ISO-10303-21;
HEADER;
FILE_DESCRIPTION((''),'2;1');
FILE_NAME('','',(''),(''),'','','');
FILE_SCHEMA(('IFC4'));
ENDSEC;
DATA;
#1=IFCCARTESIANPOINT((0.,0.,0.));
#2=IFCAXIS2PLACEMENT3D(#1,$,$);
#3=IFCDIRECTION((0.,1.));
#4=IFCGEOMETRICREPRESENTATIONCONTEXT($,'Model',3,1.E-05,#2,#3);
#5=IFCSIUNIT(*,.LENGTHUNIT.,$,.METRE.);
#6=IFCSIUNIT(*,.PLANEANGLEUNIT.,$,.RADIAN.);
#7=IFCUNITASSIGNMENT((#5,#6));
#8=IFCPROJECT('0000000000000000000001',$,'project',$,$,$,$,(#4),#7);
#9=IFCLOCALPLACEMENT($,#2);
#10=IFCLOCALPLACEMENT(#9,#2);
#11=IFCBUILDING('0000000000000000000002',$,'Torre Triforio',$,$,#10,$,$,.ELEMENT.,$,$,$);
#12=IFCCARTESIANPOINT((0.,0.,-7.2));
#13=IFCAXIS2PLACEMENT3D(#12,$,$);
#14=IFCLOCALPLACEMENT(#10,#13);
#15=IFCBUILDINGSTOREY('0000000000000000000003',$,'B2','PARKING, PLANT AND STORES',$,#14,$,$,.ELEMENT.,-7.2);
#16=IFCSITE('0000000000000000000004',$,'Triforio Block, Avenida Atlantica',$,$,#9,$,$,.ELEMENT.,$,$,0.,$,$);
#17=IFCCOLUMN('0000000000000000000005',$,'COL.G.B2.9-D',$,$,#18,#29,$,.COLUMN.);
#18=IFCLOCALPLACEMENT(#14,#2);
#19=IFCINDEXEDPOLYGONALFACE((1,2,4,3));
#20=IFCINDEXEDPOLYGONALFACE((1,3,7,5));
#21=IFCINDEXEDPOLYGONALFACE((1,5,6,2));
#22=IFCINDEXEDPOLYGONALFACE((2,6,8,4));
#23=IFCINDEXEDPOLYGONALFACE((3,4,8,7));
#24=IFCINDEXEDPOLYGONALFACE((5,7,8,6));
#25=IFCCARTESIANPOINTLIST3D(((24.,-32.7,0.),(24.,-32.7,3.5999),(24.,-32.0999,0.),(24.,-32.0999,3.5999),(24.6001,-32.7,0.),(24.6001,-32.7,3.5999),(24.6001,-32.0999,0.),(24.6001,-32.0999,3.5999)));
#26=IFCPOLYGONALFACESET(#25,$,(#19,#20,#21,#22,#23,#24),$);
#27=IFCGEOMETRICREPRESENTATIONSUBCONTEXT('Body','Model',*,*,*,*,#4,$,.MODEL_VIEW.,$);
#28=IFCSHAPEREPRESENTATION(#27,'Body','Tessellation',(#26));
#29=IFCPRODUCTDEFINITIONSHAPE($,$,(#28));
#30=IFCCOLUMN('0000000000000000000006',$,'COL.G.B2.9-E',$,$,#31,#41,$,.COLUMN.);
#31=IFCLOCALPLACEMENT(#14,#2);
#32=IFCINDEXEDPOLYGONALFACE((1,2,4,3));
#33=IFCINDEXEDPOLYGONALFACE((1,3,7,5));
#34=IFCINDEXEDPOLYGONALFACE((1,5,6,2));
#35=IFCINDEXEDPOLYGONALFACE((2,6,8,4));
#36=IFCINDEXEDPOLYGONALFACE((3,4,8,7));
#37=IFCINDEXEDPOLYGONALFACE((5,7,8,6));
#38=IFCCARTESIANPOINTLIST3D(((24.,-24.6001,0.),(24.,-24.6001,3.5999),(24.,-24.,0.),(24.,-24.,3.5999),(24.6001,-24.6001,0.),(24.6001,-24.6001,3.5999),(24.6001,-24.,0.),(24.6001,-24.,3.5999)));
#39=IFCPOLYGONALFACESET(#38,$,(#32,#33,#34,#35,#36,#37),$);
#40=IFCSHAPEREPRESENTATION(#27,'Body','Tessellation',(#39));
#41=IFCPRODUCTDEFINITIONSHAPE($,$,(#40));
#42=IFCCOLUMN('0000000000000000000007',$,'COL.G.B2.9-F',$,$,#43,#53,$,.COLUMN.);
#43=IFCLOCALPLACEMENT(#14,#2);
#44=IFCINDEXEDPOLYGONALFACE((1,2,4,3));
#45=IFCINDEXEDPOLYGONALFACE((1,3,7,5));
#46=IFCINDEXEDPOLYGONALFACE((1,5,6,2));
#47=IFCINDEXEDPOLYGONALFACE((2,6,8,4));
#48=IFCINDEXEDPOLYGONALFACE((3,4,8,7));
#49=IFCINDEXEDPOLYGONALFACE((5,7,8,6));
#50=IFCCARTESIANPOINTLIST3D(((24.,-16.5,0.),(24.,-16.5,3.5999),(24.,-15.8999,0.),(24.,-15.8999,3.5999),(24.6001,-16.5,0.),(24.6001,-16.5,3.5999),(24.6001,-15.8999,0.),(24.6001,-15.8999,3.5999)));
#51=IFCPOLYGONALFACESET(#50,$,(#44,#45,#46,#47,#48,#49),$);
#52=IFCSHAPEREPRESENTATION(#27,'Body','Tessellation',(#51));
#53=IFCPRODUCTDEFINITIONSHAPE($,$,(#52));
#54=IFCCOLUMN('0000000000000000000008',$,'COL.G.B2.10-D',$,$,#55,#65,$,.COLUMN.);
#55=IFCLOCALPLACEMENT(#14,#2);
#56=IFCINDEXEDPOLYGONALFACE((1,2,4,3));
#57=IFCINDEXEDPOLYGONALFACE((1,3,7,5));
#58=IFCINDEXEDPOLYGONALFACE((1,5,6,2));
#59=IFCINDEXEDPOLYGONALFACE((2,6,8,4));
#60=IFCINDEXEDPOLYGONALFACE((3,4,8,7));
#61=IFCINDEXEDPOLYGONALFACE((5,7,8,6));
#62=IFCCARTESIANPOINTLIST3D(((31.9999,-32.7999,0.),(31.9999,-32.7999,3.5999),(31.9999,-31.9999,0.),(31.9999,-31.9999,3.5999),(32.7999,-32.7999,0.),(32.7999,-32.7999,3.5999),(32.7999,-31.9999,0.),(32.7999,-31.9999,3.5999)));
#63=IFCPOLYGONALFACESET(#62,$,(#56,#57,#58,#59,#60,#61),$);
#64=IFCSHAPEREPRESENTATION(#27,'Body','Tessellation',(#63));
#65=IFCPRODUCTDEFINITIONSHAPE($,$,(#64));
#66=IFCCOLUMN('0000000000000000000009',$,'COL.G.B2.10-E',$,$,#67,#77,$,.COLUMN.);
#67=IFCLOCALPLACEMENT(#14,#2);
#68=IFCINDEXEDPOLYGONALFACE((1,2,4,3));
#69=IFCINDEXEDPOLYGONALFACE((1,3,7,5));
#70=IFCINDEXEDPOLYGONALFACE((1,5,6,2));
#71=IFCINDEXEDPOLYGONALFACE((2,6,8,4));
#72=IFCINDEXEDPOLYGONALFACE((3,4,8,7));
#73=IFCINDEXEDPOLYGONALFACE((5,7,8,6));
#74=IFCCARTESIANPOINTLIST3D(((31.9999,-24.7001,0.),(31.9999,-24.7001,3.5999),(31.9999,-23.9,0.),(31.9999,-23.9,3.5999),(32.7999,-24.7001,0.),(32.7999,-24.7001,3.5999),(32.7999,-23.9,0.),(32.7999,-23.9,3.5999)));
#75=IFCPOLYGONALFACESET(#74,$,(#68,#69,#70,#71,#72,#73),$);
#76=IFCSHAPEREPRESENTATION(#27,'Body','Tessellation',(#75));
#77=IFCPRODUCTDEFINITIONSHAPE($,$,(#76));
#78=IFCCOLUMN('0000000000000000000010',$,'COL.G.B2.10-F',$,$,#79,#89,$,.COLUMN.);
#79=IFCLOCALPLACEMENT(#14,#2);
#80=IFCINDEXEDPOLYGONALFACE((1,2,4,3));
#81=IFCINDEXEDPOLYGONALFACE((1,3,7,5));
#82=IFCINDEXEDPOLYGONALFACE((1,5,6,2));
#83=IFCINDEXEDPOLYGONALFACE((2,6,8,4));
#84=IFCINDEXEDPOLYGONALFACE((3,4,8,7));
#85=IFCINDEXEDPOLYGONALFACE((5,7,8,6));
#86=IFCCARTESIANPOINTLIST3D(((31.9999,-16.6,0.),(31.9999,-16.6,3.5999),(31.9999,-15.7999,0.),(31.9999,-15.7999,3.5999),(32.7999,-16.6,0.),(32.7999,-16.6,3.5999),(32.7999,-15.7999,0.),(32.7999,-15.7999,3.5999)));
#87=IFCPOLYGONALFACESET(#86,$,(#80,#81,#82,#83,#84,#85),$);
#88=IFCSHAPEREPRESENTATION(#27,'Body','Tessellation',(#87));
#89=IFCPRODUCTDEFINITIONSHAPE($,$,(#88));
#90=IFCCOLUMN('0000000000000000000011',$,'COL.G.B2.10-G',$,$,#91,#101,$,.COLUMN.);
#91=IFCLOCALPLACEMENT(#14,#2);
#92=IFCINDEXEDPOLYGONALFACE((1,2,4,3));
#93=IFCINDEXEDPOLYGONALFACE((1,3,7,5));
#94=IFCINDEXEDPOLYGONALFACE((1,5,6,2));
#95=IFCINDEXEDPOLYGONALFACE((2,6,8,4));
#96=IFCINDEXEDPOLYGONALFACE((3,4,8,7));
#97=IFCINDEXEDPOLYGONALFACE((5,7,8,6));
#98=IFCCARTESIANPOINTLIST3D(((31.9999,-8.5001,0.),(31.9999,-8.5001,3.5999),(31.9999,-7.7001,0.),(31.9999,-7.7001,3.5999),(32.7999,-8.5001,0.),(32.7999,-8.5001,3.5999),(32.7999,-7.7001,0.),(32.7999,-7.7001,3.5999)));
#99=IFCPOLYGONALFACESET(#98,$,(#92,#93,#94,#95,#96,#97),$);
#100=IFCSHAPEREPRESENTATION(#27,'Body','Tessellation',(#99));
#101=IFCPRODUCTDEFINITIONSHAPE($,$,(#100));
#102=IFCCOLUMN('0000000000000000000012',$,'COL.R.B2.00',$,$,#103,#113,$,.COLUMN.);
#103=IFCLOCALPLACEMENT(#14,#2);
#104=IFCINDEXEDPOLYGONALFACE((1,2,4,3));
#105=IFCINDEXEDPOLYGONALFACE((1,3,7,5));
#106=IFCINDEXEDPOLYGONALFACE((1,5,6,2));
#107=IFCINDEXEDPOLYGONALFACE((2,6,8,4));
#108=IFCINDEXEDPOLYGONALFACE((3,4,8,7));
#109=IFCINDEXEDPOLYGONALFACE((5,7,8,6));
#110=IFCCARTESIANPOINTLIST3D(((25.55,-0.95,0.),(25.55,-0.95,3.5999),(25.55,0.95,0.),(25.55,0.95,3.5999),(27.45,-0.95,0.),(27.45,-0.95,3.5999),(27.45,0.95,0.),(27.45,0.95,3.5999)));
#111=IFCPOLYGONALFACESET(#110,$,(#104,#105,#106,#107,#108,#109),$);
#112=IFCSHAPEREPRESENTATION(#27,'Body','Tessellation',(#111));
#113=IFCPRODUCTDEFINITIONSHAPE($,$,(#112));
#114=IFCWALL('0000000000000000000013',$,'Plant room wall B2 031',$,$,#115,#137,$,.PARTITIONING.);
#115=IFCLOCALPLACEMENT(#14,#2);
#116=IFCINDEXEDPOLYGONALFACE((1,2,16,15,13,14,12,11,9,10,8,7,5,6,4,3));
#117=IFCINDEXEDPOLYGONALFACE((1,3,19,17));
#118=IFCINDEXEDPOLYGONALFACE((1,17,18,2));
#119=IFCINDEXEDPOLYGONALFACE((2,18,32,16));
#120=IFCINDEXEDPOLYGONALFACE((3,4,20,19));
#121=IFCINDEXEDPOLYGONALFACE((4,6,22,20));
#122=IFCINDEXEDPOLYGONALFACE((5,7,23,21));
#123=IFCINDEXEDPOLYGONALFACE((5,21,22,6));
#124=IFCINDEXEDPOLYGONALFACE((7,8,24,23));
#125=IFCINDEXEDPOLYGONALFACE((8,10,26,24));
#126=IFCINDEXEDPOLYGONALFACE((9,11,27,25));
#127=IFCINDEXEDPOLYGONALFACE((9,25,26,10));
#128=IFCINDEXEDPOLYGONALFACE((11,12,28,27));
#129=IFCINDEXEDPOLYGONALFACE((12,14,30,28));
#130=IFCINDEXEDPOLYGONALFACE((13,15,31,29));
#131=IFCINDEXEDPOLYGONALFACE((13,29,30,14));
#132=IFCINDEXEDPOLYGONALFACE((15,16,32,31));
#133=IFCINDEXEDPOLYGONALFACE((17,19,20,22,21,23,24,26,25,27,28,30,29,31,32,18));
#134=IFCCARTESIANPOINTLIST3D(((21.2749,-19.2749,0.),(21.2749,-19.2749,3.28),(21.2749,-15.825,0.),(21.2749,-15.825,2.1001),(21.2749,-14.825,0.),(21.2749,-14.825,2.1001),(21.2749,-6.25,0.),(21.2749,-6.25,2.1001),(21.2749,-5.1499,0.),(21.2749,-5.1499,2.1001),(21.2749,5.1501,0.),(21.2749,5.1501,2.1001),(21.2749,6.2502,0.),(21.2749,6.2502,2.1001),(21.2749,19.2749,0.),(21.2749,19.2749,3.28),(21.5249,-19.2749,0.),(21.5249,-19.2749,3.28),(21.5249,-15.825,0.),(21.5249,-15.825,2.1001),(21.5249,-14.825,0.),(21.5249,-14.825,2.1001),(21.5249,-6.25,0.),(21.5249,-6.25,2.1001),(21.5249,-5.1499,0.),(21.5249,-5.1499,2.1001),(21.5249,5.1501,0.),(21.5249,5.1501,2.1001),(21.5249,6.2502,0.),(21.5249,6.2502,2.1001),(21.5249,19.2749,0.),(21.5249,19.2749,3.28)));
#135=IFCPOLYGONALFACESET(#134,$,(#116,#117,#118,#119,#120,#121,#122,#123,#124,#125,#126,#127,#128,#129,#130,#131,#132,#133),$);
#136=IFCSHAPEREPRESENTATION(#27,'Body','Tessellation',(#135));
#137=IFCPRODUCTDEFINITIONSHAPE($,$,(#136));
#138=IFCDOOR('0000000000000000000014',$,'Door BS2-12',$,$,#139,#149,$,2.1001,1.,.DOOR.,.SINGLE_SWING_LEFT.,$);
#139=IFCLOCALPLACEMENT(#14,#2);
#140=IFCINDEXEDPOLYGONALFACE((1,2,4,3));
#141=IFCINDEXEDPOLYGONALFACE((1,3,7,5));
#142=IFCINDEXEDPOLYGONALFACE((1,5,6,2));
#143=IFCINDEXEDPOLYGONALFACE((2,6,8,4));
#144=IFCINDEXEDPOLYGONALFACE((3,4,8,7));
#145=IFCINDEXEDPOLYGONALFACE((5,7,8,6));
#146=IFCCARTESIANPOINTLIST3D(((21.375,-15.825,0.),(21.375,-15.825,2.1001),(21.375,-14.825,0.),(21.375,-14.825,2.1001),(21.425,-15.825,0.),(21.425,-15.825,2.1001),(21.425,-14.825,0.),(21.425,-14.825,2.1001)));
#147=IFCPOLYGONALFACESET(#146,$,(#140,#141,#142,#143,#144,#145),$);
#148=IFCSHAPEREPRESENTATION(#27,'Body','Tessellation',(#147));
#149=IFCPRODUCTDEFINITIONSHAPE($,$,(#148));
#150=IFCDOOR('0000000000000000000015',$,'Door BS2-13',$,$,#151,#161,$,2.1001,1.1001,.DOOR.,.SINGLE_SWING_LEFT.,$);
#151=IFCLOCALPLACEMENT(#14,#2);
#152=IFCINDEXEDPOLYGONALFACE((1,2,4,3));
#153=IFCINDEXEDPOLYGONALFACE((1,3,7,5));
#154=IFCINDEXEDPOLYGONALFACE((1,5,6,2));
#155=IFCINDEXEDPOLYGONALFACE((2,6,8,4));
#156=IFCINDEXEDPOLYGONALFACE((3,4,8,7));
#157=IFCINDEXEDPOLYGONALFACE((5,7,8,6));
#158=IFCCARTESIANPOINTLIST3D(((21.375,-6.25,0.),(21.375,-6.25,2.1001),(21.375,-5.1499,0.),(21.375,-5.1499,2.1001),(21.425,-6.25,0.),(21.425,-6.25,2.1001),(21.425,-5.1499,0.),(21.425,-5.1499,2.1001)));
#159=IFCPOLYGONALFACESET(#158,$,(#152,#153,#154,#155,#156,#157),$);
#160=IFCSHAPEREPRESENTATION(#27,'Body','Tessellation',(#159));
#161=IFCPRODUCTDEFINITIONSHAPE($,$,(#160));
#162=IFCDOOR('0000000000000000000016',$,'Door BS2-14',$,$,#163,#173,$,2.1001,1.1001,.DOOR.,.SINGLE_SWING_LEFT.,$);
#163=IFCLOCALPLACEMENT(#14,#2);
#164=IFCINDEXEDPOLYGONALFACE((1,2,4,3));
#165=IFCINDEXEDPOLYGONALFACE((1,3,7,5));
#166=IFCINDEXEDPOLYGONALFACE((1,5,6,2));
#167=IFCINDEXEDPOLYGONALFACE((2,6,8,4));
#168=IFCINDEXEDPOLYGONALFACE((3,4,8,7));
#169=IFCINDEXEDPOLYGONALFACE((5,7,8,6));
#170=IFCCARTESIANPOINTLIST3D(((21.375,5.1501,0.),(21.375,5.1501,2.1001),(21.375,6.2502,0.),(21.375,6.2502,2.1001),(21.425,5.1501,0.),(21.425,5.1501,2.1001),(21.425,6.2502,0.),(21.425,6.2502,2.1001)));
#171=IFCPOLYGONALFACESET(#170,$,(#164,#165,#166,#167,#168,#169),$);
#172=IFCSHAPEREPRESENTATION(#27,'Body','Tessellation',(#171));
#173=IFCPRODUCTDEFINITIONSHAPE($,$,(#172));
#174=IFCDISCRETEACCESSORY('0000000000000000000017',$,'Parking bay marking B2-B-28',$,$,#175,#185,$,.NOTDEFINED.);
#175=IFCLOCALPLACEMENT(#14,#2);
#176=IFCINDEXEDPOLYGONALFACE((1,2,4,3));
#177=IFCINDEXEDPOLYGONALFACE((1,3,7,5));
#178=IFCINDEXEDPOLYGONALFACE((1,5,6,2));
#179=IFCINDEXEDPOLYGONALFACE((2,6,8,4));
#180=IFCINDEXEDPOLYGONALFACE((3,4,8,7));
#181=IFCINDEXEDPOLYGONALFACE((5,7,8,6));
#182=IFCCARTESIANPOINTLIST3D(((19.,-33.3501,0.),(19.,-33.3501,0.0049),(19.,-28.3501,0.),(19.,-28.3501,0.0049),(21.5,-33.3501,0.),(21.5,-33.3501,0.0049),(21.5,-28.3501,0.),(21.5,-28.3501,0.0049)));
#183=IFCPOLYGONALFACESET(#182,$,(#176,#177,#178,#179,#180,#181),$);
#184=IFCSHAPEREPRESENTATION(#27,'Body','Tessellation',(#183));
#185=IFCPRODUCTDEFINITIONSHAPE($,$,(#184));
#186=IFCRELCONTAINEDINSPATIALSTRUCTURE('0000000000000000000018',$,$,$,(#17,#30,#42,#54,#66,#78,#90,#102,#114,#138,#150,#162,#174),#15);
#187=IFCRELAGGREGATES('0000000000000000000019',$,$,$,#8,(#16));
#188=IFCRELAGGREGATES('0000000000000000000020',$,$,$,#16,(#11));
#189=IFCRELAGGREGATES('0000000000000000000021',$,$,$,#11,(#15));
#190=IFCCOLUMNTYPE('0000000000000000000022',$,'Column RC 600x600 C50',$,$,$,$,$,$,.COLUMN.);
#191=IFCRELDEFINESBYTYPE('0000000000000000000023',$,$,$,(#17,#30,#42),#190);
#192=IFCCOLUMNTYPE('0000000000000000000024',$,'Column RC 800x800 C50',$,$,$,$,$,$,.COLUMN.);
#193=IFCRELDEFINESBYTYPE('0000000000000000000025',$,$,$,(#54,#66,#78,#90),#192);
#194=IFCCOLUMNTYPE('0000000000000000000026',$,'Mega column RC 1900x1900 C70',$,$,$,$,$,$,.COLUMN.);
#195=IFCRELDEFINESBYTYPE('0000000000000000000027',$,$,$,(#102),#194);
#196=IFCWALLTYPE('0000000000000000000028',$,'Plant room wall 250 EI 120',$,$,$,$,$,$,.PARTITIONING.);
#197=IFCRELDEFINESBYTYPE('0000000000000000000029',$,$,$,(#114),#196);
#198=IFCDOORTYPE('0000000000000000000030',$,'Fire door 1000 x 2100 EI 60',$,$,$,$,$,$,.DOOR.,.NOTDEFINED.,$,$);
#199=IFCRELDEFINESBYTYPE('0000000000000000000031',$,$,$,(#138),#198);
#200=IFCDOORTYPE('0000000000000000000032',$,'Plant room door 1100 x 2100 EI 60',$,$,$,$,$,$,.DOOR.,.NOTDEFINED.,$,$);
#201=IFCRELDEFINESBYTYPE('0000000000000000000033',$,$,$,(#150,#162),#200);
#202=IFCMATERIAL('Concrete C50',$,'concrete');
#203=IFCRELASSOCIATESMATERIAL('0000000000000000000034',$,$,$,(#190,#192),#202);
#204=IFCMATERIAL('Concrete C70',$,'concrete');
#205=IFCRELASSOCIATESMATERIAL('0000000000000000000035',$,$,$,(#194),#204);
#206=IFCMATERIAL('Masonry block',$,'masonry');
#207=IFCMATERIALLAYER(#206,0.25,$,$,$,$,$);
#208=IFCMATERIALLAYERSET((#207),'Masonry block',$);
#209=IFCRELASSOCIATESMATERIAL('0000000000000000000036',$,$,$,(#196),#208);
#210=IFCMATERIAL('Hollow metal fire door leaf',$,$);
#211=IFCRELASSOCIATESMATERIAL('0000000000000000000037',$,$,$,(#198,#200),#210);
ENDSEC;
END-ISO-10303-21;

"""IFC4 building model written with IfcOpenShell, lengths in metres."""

from ifc_helpers import new_model, si_unit, direction, frame, frame_2d, origin, origin_2d, place, context, subcontext, project, spatial, rectangle, extrude, material, layer, layer_set, material_profile, profile_set, type_object, element, fill, save


model = new_model("IFC4")

# Units and contexts
model_context = context("Model", 3, precision=1e-05, world=origin(), true_north=direction((0.0, 1.0)))
body_context = subcontext(model_context, "Body", "Model", "MODEL_VIEW")
ifc_project = project(units=[si_unit("LENGTHUNIT", "METRE"), si_unit("PLANEANGLEUNIT", "RADIAN")], contexts=[model_context])

# Site, building, storey
site_placement = place(None, origin())
site = spatial("IfcSite", under=ifc_project, at=site_placement, Name="Triforio Block, Avenida Atlantica", CompositionType="ELEMENT", RefElevation=0.0)
building_placement = place(site_placement, origin())
building = spatial("IfcBuilding", under=site, at=building_placement, Name="Torre Triforio", CompositionType="ELEMENT")
storey_placement = place(building_placement, frame((0.0, 0.0, -7.2)))
storey = spatial("IfcBuildingStorey", under=building, at=storey_placement, Name="B2", Description="PARKING, PLANT AND STORES", CompositionType="ELEMENT", Elevation=-7.2)

# Columns
ifc_material_1 = material(Name="Concrete C50", Category="concrete")
ifc_material_profile_1 = material_profile(ifc_material_1, rectangle(XDim=0.6001, YDim=0.6001, at=origin_2d()), Name="RC 600x600")
ifc_profile_set_1 = profile_set([ifc_material_profile_1], Name="Concrete C50")
column_type_1 = type_object("IfcColumnType", Name="Column RC 600x600 C50", PredefinedType="COLUMN", material=ifc_profile_set_1)
for number, where, z_axis, x_axis, name in (
    (1, (24.3, -32.3999, 0.0), (0.0, 0.0, 1.0), (1.0, 0.0, 0.0), "COL.G.B2.9-D"),
    (2, (24.3, -24.3, 0.0), (0.0, 0.0, 1.0), (1.0, 0.0, 0.0), "COL.G.B2.9-E"),
    (3, (24.3, -16.2, 0.0), (0.0, 0.0, 1.0), (1.0, 0.0, 0.0), "COL.G.B2.9-F"),
):
    element("IfcColumn", number, at=place(storey_placement, frame(where, z_axis=z_axis, x_axis=x_axis)), inside=storey, type_object=column_type_1, Name=name, PredefinedType="COLUMN", context=body_context, shape_type="SweptSolid", body=[
        extrude(rectangle(XDim=0.6001, YDim=0.6001, at=origin_2d()), origin(), (0.0, 0.0, 1.0), 3.5999),
    ])
ifc_material_profile_2 = material_profile(ifc_material_1, rectangle(XDim=0.8, YDim=0.8, at=origin_2d()), Name="RC 800x800")
ifc_profile_set_2 = profile_set([ifc_material_profile_2], Name="Concrete C50")
column_type_2 = type_object("IfcColumnType", Name="Column RC 800x800 C50", PredefinedType="COLUMN", material=ifc_profile_set_2)
for number, where, z_axis, x_axis, name in (
    (4, (32.3999, -32.3999, 0.0), (0.0, 0.0, 1.0), (1.0, 0.0, 0.0), "COL.G.B2.10-D"),
    (5, (32.3999, -24.3, 0.0), (0.0, 0.0, 1.0), (1.0, 0.0, 0.0), "COL.G.B2.10-E"),
    (6, (32.3999, -16.2, 0.0), (0.0, 0.0, 1.0), (1.0, 0.0, 0.0), "COL.G.B2.10-F"),
    (7, (32.3999, -8.1001, 0.0), (0.0, 0.0, 1.0), (1.0, 0.0, 0.0), "COL.G.B2.10-G"),
):
    element("IfcColumn", number, at=place(storey_placement, frame(where, z_axis=z_axis, x_axis=x_axis)), inside=storey, type_object=column_type_2, Name=name, PredefinedType="COLUMN", context=body_context, shape_type="SweptSolid", body=[
        extrude(rectangle(XDim=0.8, YDim=0.8, at=origin_2d()), origin(), (0.0, 0.0, 1.0), 3.5999),
    ])
ifc_material_2 = material(Name="Concrete C70", Category="concrete")
ifc_material_profile_3 = material_profile(ifc_material_2, rectangle(XDim=1.8999, YDim=1.8999, at=origin_2d()), Name="RC 1900x1900")
ifc_profile_set_3 = profile_set([ifc_material_profile_3], Name="Concrete C70")
column_type_3 = type_object("IfcColumnType", Name="Mega column RC 1900x1900 C70", PredefinedType="COLUMN", material=ifc_profile_set_3)
column_placement = place(storey_placement, frame((26.5, 0.0, 0.0), z_axis=(0.0, 0.0, 1.0), x_axis=(0.0, 1.0, 0.0)))
element("IfcColumn", 8, at=column_placement, inside=storey, type_object=column_type_3, Name="COL.R.B2.00", PredefinedType="COLUMN", context=body_context, shape_type="SweptSolid", body=[
    extrude(rectangle(XDim=1.8999, YDim=1.8999, at=origin_2d()), origin(), (0.0, 0.0, 1.0), 3.5999),
])

# Wall, openings, doors
ifc_material_3 = material(Name="Masonry block", Category="masonry")
ifc_layer = layer(ifc_material_3, 0.25)
ifc_layer_set = layer_set([ifc_layer], Name="Masonry block")
wall_type = type_object("IfcWallType", Name="Plant room wall 250 EI 120", PredefinedType="PARTITIONING", material=ifc_layer_set)
wall_placement = place(storey_placement, frame((21.3999, -19.2749, 0.0), z_axis=(0.0, 0.0, 1.0), x_axis=(0.0, 1.0, 0.0)))
wall = element("IfcWall", 9, at=wall_placement, inside=storey, type_object=wall_type, Name="Plant room wall B2 031", PredefinedType="PARTITIONING", context=body_context, shape_type="SweptSolid", body=[
    extrude(rectangle(XDim=38.5498, YDim=0.25, at=frame_2d((19.2749, 0.0))), origin(), (0.0, 0.0, 1.0), 3.28),
])
opening_1_placement = place(wall_placement, frame((3.45, 0.0, 0.0)))
opening_1 = element("IfcOpeningElement", 10, at=opening_1_placement, cuts=wall, PredefinedType="OPENING", context=body_context, shape_type="SweptSolid", body=[
    extrude(rectangle(XDim=1.0, YDim=2.1001, at=frame_2d((0.5, 1.05))), frame((0.0, 0.135, 0.0), z_axis=(0.0, -1.0, 0.0), x_axis=(1.0, 0.0, 0.0)), (0.0, 0.0, 1.0), 0.27),
])
opening_2_placement = place(wall_placement, frame((13.0249, 0.0, 0.0)))
opening_2 = element("IfcOpeningElement", 11, at=opening_2_placement, cuts=wall, PredefinedType="OPENING", context=body_context, shape_type="SweptSolid", body=[
    extrude(rectangle(XDim=1.1001, YDim=2.1001, at=frame_2d((0.55, 1.05))), frame((0.0, 0.135, 0.0), z_axis=(0.0, -1.0, 0.0), x_axis=(1.0, 0.0, 0.0)), (0.0, 0.0, 1.0), 0.27),
])
opening_3_placement = place(wall_placement, frame((24.425, 0.0, 0.0)))
opening_3 = element("IfcOpeningElement", 12, at=opening_3_placement, cuts=wall, PredefinedType="OPENING", context=body_context, shape_type="SweptSolid", body=[
    extrude(rectangle(XDim=1.1001, YDim=2.1001, at=frame_2d((0.55, 1.05))), frame((0.0, 0.135, 0.0), z_axis=(0.0, -1.0, 0.0), x_axis=(1.0, 0.0, 0.0)), (0.0, 0.0, 1.0), 0.27),
])
ifc_material_4 = material(Name="Hollow metal fire door leaf")
door_type_1 = type_object("IfcDoorType", Name="Fire door 1000 x 2100 EI 60", OperationType="NOTDEFINED", PredefinedType="DOOR", material=ifc_material_4)
door_1_placement = place(opening_1_placement, origin())
door_1 = element("IfcDoor", 13, at=door_1_placement, inside=storey, type_object=door_type_1, Name="Door BS2-12", OperationType="SINGLE_SWING_LEFT", OverallHeight=2.1001, OverallWidth=1.0, PredefinedType="DOOR", context=body_context, shape_type="SweptSolid", body=[
    extrude(rectangle(XDim=1.0, YDim=2.1001, at=frame_2d((0.5, 1.05))), frame((0.0, 0.0249, 0.0), z_axis=(0.0, -1.0, 0.0), x_axis=(1.0, 0.0, 0.0)), (0.0, 0.0, 1.0), 0.05),
])
fill(opening_1, door_1)
door_type_2 = type_object("IfcDoorType", Name="Plant room door 1100 x 2100 EI 60", OperationType="NOTDEFINED", PredefinedType="DOOR", material=ifc_material_4)
door_2_placement = place(opening_2_placement, origin())
door_2 = element("IfcDoor", 14, at=door_2_placement, inside=storey, type_object=door_type_2, Name="Door BS2-13", OperationType="SINGLE_SWING_LEFT", OverallHeight=2.1001, OverallWidth=1.1001, PredefinedType="DOOR", context=body_context, shape_type="SweptSolid", body=[
    extrude(rectangle(XDim=1.1001, YDim=2.1001, at=frame_2d((0.55, 1.05))), frame((0.0, 0.0249, 0.0), z_axis=(0.0, -1.0, 0.0), x_axis=(1.0, 0.0, 0.0)), (0.0, 0.0, 1.0), 0.05),
])
fill(opening_2, door_2)
door_3_placement = place(opening_3_placement, origin())
door_3 = element("IfcDoor", 15, at=door_3_placement, inside=storey, type_object=door_type_2, Name="Door BS2-14", OperationType="SINGLE_SWING_LEFT", OverallHeight=2.1001, OverallWidth=1.1001, PredefinedType="DOOR", context=body_context, shape_type="SweptSolid", body=[
    extrude(rectangle(XDim=1.1001, YDim=2.1001, at=frame_2d((0.55, 1.05))), frame((0.0, 0.0249, 0.0), z_axis=(0.0, -1.0, 0.0), x_axis=(1.0, 0.0, 0.0)), (0.0, 0.0, 1.0), 0.05),
])
fill(opening_3, door_3)

# Discrete accessory
for number, where, z_axis, x_axis, name in (
    (16, (20.25, -30.8501, 0.0), (0.0, 0.0, 1.0), (1.0, 0.0, 0.0), "Parking bay marking B2-B-28"),
):
    element("IfcDiscreteAccessory", number, at=place(storey_placement, frame(where, z_axis=z_axis, x_axis=x_axis)), inside=storey, Name=name, PredefinedType="NOTDEFINED", context=body_context, shape_type="SweptSolid", body=[
        extrude(rectangle(XDim=2.5, YDim=5.0, at=origin_2d()), origin(), (0.0, 0.0, 1.0), 0.0049),
    ])

save(model, "model.ifc")
